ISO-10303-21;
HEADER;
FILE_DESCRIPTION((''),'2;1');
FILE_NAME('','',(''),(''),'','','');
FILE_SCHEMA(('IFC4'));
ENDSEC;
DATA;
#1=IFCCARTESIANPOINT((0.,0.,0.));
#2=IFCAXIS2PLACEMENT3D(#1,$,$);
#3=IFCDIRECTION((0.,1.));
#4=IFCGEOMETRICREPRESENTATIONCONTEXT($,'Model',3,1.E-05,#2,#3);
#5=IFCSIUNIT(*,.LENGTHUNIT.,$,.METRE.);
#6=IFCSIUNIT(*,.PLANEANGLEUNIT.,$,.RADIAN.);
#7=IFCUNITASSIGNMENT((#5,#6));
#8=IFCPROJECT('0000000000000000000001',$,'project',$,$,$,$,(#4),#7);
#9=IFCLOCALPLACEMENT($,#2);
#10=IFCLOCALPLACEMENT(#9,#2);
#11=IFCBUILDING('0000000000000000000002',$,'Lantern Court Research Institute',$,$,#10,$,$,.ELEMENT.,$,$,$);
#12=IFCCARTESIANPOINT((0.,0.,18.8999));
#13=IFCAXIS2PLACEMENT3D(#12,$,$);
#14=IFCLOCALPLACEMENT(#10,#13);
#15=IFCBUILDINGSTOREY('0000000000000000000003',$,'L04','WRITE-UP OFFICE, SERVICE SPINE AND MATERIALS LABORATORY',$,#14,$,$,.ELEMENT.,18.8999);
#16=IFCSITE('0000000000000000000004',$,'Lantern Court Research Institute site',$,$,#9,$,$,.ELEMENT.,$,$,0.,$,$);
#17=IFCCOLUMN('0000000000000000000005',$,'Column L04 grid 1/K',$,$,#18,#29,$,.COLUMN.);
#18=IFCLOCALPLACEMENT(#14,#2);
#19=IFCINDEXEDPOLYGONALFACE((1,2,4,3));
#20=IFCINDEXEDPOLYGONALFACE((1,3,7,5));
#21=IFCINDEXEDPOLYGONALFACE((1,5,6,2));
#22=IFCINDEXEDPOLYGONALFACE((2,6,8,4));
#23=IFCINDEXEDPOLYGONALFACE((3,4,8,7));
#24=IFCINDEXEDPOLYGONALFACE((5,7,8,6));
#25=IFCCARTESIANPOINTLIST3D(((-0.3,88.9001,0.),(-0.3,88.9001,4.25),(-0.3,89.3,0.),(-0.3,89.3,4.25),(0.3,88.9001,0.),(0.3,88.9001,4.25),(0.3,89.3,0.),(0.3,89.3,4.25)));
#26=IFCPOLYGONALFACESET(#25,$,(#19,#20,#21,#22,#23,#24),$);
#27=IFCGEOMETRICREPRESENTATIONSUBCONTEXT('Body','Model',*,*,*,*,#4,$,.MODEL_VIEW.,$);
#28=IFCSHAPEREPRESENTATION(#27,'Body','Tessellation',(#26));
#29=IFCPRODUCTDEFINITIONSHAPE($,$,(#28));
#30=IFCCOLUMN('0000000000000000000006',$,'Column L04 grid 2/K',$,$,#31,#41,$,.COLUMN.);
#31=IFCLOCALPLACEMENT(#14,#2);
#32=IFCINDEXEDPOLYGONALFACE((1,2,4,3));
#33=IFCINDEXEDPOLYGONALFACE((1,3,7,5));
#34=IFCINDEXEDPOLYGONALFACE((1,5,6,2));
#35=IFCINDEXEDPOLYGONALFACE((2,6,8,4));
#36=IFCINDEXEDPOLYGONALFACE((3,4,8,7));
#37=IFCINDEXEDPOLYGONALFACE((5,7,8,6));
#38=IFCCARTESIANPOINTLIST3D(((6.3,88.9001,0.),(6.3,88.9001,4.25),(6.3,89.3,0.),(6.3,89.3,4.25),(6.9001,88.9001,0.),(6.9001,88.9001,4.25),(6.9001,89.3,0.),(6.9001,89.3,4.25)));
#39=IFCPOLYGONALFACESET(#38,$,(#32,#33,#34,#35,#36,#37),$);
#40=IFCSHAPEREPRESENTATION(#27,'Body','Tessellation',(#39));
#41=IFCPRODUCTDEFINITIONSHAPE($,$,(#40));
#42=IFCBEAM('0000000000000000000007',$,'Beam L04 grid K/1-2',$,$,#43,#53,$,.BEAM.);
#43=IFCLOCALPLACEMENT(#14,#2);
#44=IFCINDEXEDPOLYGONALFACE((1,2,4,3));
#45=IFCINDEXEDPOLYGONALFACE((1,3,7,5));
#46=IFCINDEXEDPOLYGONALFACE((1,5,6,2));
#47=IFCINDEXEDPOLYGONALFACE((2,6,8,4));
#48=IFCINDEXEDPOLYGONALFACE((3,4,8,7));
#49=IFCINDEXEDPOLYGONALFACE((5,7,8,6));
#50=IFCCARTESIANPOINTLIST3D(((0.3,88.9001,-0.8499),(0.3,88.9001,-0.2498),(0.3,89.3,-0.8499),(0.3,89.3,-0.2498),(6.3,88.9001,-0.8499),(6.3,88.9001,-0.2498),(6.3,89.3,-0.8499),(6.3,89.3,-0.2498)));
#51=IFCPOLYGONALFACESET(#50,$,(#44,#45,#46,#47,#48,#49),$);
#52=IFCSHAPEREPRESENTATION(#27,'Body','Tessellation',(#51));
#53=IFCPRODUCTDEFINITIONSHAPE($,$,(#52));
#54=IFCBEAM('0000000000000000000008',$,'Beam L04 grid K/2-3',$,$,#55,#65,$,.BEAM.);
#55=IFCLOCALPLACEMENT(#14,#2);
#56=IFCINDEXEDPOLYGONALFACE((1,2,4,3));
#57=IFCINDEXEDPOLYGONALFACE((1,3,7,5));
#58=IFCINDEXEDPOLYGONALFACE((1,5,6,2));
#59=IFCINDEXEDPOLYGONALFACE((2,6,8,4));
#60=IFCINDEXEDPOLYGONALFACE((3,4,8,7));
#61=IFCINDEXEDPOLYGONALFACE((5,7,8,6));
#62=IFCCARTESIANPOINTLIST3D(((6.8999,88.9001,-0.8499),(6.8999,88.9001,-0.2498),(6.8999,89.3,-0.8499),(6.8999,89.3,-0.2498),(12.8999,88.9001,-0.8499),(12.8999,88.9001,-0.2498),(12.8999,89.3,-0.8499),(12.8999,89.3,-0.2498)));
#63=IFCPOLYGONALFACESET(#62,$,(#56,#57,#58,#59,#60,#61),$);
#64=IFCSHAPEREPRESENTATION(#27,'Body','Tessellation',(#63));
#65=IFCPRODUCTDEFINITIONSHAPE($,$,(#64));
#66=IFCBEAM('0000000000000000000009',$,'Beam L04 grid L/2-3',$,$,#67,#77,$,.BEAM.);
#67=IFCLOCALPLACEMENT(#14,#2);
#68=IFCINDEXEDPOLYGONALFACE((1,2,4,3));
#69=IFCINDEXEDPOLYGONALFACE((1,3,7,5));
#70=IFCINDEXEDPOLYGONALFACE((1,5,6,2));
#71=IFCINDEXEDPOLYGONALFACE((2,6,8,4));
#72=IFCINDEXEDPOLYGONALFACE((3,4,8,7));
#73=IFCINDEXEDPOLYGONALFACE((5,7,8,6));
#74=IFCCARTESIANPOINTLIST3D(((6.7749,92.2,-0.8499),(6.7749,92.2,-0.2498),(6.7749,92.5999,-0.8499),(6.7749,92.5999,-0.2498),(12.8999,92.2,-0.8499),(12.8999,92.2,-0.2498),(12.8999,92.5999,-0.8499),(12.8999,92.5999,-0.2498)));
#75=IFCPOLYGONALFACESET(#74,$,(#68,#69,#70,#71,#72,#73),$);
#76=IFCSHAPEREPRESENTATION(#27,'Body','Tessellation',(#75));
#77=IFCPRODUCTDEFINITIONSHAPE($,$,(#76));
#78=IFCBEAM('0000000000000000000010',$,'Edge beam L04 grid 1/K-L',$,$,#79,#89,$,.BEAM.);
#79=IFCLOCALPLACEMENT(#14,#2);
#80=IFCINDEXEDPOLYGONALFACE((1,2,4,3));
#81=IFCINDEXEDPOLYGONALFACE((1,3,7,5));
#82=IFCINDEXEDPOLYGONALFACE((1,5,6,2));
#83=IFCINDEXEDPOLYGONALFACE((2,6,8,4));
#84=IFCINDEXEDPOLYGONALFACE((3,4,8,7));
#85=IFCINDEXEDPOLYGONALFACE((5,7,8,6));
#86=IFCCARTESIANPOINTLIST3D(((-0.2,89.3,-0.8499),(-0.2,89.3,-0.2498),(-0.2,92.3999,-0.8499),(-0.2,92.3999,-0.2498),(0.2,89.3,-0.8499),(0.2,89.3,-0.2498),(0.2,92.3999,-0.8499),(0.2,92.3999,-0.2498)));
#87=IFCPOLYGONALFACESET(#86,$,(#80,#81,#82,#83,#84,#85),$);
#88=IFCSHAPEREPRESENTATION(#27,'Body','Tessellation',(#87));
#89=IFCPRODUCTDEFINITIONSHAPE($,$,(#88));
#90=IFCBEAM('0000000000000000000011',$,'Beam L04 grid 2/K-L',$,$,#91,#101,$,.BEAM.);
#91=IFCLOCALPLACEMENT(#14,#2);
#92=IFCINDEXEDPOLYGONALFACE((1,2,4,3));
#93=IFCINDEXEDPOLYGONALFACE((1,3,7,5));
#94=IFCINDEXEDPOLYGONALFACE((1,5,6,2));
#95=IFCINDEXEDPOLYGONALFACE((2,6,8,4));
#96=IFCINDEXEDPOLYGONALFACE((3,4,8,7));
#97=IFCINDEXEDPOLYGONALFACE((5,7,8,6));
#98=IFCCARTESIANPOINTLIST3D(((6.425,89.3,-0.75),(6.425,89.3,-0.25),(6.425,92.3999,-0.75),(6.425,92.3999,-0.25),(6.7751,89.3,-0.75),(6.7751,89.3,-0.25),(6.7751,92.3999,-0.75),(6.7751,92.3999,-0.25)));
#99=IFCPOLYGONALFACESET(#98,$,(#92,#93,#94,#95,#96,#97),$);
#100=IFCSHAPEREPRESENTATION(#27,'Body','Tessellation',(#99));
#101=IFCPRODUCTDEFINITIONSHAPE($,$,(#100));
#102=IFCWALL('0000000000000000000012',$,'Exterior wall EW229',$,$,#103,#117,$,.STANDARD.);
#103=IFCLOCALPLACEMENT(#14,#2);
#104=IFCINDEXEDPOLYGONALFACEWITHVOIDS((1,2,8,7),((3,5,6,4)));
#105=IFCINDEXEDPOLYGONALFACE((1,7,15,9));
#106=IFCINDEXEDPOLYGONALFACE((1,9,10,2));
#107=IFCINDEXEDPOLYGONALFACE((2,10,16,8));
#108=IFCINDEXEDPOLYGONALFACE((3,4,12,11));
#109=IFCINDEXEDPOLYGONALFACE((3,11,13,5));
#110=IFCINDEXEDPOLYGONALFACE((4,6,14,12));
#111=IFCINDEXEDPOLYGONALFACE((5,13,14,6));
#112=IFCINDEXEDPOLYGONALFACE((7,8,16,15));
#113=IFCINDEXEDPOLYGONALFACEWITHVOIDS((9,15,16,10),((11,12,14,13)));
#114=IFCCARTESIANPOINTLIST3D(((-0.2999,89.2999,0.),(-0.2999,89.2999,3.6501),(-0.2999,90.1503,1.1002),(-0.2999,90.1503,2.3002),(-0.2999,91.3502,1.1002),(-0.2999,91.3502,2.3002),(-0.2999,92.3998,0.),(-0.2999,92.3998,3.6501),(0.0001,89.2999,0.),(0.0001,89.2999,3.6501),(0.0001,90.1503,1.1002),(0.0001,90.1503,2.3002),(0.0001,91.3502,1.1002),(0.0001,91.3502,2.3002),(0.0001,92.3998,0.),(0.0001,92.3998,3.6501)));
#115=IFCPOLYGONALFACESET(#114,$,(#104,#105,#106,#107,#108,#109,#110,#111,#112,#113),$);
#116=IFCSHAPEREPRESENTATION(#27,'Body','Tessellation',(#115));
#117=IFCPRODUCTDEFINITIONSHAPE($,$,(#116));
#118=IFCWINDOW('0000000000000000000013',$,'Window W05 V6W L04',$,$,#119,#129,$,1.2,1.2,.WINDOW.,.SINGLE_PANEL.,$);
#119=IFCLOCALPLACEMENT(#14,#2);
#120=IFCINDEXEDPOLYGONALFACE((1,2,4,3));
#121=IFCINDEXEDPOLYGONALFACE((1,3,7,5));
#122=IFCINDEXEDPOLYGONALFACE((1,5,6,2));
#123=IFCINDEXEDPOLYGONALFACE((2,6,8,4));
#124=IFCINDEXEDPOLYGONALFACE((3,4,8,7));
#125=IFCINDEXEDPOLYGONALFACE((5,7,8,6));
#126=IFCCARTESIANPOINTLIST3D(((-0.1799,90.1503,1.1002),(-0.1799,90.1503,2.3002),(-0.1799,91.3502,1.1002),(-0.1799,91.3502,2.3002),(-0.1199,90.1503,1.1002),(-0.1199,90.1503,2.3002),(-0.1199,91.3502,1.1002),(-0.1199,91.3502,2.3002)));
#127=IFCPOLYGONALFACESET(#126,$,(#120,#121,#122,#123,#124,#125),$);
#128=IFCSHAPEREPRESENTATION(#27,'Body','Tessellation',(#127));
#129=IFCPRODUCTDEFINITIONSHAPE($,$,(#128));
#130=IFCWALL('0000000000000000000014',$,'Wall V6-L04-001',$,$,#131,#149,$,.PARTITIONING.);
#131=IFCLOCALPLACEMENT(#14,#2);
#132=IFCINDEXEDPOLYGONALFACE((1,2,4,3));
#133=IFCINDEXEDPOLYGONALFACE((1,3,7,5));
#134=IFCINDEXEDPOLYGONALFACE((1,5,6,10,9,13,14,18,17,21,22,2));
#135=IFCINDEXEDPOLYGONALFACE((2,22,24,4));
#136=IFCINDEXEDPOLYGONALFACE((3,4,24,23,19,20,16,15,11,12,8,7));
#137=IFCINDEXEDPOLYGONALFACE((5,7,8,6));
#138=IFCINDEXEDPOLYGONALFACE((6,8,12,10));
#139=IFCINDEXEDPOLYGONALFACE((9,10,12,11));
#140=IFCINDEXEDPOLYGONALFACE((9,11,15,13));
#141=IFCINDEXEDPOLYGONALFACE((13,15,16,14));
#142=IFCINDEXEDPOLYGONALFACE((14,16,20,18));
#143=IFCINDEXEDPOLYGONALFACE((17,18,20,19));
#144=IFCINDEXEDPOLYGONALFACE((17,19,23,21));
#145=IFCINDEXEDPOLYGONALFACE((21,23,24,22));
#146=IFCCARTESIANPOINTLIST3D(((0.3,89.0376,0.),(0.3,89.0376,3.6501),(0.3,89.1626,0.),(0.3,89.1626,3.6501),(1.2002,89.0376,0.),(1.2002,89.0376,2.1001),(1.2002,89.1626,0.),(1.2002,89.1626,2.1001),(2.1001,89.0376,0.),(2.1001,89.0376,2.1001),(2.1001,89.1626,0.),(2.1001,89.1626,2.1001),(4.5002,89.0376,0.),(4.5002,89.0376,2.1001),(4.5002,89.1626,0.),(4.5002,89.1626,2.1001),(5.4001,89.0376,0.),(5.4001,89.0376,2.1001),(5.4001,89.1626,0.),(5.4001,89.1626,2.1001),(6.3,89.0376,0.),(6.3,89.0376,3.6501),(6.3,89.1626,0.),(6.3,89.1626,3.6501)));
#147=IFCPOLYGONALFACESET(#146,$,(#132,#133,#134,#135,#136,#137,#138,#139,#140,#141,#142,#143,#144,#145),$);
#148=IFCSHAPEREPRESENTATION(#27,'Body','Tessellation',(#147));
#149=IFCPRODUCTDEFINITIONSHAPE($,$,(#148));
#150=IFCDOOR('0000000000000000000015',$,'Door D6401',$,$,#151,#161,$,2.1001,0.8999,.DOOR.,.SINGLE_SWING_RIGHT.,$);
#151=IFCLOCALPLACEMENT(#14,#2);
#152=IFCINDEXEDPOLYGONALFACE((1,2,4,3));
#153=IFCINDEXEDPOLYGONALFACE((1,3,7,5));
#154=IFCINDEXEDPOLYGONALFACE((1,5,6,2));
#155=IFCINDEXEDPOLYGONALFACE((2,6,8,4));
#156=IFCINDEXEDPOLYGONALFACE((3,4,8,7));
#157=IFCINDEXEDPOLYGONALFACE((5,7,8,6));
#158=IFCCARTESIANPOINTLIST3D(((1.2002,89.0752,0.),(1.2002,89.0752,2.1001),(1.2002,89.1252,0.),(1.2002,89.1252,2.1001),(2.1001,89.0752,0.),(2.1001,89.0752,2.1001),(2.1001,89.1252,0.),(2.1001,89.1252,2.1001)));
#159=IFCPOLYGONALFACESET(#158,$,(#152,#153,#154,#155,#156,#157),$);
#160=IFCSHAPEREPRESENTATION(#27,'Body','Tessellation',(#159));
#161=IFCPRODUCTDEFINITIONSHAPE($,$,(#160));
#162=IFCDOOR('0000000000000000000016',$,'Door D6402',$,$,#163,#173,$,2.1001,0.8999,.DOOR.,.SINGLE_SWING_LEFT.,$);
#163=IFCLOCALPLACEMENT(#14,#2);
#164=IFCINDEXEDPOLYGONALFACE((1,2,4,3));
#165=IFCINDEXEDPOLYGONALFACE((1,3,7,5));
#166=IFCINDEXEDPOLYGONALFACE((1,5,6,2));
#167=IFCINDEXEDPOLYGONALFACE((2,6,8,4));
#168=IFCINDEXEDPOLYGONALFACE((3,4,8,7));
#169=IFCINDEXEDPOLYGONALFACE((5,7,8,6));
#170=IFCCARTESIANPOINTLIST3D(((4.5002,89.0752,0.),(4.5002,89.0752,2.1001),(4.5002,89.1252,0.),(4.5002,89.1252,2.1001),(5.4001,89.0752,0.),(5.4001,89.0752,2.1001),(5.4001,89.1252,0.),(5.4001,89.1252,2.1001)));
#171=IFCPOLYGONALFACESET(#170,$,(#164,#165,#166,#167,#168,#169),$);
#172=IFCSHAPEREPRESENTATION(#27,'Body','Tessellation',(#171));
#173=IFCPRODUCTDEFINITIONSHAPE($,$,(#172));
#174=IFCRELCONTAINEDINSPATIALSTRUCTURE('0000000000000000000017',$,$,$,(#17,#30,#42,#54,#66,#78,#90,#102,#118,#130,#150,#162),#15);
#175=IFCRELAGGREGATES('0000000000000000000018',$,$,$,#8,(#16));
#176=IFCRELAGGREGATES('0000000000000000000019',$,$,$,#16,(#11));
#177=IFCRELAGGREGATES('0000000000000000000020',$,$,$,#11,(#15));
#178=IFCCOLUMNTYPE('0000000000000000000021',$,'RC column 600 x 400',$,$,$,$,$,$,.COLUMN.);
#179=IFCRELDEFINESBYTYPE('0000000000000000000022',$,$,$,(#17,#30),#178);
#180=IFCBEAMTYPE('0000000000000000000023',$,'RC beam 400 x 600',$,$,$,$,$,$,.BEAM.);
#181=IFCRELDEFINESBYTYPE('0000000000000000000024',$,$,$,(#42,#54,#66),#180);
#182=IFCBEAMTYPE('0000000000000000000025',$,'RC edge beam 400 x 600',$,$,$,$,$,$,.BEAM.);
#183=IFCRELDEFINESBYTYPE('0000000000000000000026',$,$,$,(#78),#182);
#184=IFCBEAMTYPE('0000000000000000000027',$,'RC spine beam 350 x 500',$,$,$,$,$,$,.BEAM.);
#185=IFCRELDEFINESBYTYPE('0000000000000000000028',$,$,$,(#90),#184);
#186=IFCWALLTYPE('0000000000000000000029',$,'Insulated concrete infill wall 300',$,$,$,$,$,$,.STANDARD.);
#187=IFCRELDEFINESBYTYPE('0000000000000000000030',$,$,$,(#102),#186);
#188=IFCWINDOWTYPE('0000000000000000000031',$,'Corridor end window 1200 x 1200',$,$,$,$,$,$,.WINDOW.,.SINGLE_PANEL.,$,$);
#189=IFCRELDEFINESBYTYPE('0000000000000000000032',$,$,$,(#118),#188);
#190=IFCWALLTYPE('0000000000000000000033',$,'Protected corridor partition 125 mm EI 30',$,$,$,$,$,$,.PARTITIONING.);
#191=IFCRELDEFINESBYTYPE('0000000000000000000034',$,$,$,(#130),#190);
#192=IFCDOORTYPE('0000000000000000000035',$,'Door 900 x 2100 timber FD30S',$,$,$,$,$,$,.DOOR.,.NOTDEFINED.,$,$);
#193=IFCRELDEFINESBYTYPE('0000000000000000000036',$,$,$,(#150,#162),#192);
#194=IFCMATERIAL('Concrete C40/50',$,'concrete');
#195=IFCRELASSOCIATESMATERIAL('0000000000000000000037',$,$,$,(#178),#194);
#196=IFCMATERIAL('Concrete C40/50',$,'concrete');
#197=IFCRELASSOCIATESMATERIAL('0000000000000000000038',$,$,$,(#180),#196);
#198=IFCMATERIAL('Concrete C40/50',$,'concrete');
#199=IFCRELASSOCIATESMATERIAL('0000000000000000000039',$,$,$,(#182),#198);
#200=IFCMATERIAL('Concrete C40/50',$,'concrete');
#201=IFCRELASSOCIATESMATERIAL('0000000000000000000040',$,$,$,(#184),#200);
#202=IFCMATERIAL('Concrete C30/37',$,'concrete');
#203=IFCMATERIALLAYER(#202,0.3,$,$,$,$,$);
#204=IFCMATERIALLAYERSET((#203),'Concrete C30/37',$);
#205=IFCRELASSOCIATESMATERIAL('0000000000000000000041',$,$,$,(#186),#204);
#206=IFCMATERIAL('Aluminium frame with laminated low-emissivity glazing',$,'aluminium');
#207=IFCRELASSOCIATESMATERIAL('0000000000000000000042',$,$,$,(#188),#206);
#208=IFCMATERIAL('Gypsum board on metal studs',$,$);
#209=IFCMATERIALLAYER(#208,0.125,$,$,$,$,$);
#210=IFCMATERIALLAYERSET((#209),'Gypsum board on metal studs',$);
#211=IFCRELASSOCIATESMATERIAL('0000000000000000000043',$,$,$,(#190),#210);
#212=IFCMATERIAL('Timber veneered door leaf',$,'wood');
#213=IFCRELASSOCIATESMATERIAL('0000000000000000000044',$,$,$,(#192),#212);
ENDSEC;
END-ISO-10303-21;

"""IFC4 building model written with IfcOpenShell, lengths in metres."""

from ifc_helpers import new_model, si_unit, direction, frame, frame_2d, origin, origin_2d, place, context, subcontext, project, spatial, rectangle, extrude, material, layer, layer_set, material_profile, profile_set, type_object, element, fill, save


model = new_model("IFC4")

# Units and contexts
model_context = context("Model", 3, precision=1e-05, world=origin(), true_north=direction((0.0, 1.0)))
body_context = subcontext(model_context, "Body", "Model", "MODEL_VIEW")
ifc_project = project(units=[si_unit("LENGTHUNIT", "METRE"), si_unit("PLANEANGLEUNIT", "RADIAN")], contexts=[model_context])

# Site, building, storey
site_placement = place(None, origin())
site = spatial("IfcSite", under=ifc_project, at=site_placement, Name="Lantern Court Research Institute site", CompositionType="ELEMENT", RefElevation=0.0)
building_placement = place(site_placement, origin())
building = spatial("IfcBuilding", under=site, at=building_placement, Name="Lantern Court Research Institute", CompositionType="ELEMENT")
storey_placement = place(building_placement, frame((0.0, 0.0, 18.8999)))
storey = spatial("IfcBuildingStorey", under=building, at=storey_placement, Name="L04", Description="WRITE-UP OFFICE, SERVICE SPINE AND MATERIALS LABORATORY", CompositionType="ELEMENT", Elevation=18.8999)

# Columns
ifc_material_1 = material(Name="Concrete C40/50", Category="concrete")
ifc_material_profile_1 = material_profile(ifc_material_1, rectangle(XDim=0.6001, YDim=0.3999, at=origin_2d()), Name="RC column 600 x 400")
ifc_profile_set_1 = profile_set([ifc_material_profile_1], Name="Concrete C40/50")
column_type = type_object("IfcColumnType", Name="RC column 600 x 400", PredefinedType="COLUMN", material=ifc_profile_set_1)
for number, where, z_axis, x_axis, name in (
    (1, (0.0, 89.1001, 0.0), (0.0, 0.0, 1.0), (1.0, 0.0, 0.0), "Column L04 grid 1/K"),
    (2, (6.6001, 89.1001, 0.0), (0.0, 0.0, 1.0), (1.0, 0.0, 0.0), "Column L04 grid 2/K"),
):
    element("IfcColumn", number, at=place(storey_placement, frame(where, z_axis=z_axis, x_axis=x_axis)), inside=storey, type_object=column_type, Name=name, PredefinedType="COLUMN", context=body_context, shape_type="SweptSolid", body=[
        extrude(rectangle(XDim=0.6001, YDim=0.3999, at=origin_2d()), origin(), (0.0, 0.0, 1.0), 4.25),
    ])

# Beams
ifc_material_2 = material(Name="Concrete C40/50", Category="concrete")
ifc_material_profile_2 = material_profile(ifc_material_2, rectangle(XDim=0.3999, YDim=0.6001, at=origin_2d()), Name="RC beam 400 x 600")
ifc_profile_set_2 = profile_set([ifc_material_profile_2], Name="Concrete C40/50")
beam_type_1 = type_object("IfcBeamType", Name="RC beam 400 x 600", PredefinedType="BEAM", material=ifc_profile_set_2)
for number, where, z_axis, x_axis, name in (
    (3, (0.3, 89.1001, -0.5498), (1.0, 0.0, 0.0), (0.0, 1.0, 0.0), "Beam L04 grid K/1-2"),
    (4, (6.8999, 89.1001, -0.5498), (1.0, 0.0, 0.0), (0.0, 1.0, 0.0), "Beam L04 grid K/2-3"),
):
    element("IfcBeam", number, at=place(storey_placement, frame(where, z_axis=z_axis, x_axis=x_axis)), inside=storey, type_object=beam_type_1, Name=name, PredefinedType="BEAM", context=body_context, shape_type="SweptSolid", body=[
        extrude(rectangle(XDim=0.3999, YDim=0.6001, at=origin_2d()), origin(), (0.0, 0.0, 1.0), 6.0),
    ])
beam_1_placement = place(storey_placement, frame((6.7749, 92.3999, -0.5498), z_axis=(1.0, 0.0, 0.0), x_axis=(0.0, 1.0, 0.0)))
element("IfcBeam", 5, at=beam_1_placement, inside=storey, type_object=beam_type_1, Name="Beam L04 grid L/2-3", PredefinedType="BEAM", context=body_context, shape_type="SweptSolid", body=[
    extrude(rectangle(XDim=0.3999, YDim=0.6001, at=origin_2d()), origin(), (0.0, 0.0, 1.0), 6.125),
])
ifc_material_3 = material(Name="Concrete C40/50", Category="concrete")
ifc_material_profile_3 = material_profile(ifc_material_3, rectangle(XDim=0.3999, YDim=0.6001, at=origin_2d()), Name="RC beam 400 x 600")
ifc_profile_set_3 = profile_set([ifc_material_profile_3], Name="Concrete C40/50")
beam_type_2 = type_object("IfcBeamType", Name="RC edge beam 400 x 600", PredefinedType="BEAM", material=ifc_profile_set_3)
beam_2_placement = place(storey_placement, frame((0.0, 89.3, -0.5498), z_axis=(0.0, 1.0, 0.0), x_axis=(-1.0, 0.0, 0.0)))
element("IfcBeam", 6, at=beam_2_placement, inside=storey, type_object=beam_type_2, Name="Edge beam L04 grid 1/K-L", PredefinedType="BEAM", context=body_context, shape_type="SweptSolid", body=[
    extrude(rectangle(XDim=0.3999, YDim=0.6001, at=origin_2d()), origin(), (0.0, 0.0, 1.0), 3.0999),
])
ifc_material_4 = material(Name="Concrete C40/50", Category="concrete")
ifc_material_profile_4 = material_profile(ifc_material_4, rectangle(XDim=0.3501, YDim=0.5, at=origin_2d()), Name="RC beam 350 x 500")
ifc_profile_set_4 = profile_set([ifc_material_profile_4], Name="Concrete C40/50")
beam_type_3 = type_object("IfcBeamType", Name="RC spine beam 350 x 500", PredefinedType="BEAM", material=ifc_profile_set_4)
beam_3_placement = place(storey_placement, frame((6.6001, 89.3, -0.5), z_axis=(0.0, 1.0, 0.0), x_axis=(-1.0, 0.0, 0.0)))
element("IfcBeam", 7, at=beam_3_placement, inside=storey, type_object=beam_type_3, Name="Beam L04 grid 2/K-L", PredefinedType="BEAM", context=body_context, shape_type="SweptSolid", body=[
    extrude(rectangle(XDim=0.3501, YDim=0.5, at=origin_2d()), origin(), (0.0, 0.0, 1.0), 3.0999),
])

# Wall, opening, window
ifc_material_5 = material(Name="Concrete C30/37", Category="concrete")
ifc_layer_1 = layer(ifc_material_5, 0.3)
ifc_layer_set_1 = layer_set([ifc_layer_1], Name="Concrete C30/37")
wall_type_1 = type_object("IfcWallType", Name="Insulated concrete infill wall 300", PredefinedType="STANDARD", material=ifc_layer_set_1)
wall_1_placement = place(storey_placement, frame((-0.1499, 89.3, 0.0), z_axis=(0.0, 0.0, 1.0), x_axis=(0.0, 1.0, 0.0)))
wall_1 = element("IfcWall", 8, at=wall_1_placement, inside=storey, type_object=wall_type_1, Name="Exterior wall EW229", PredefinedType="STANDARD", context=body_context, shape_type="SweptSolid", body=[
    extrude(rectangle(XDim=3.0999, YDim=0.3, at=frame_2d((1.5498, 0.0))), origin(), (0.0, 0.0, 1.0), 3.6501),
])
opening_1_placement = place(wall_1_placement, frame((0.8501, 0.0, 1.1001)))
opening_1 = element("IfcOpeningElement", 9, at=opening_1_placement, cuts=wall_1, PredefinedType="OPENING", context=body_context, shape_type="SweptSolid", body=[
    extrude(rectangle(XDim=1.2, YDim=1.2, at=frame_2d((0.6001, 0.6001))), frame((0.0, 0.1599, 0.0), z_axis=(0.0, -1.0, 0.0), x_axis=(1.0, 0.0, 0.0)), (0.0, 0.0, 1.0), 0.3201),
])
ifc_material_6 = material(Name="Aluminium frame with laminated low-emissivity glazing", Category="aluminium")
window_type_1 = type_object("IfcWindowType", Name="Corridor end window 1200 x 1200", PartitioningType="SINGLE_PANEL", PredefinedType="WINDOW", material=ifc_material_6)
window_1_placement = place(opening_1_placement, origin())
window_1 = element("IfcWindow", 10, at=window_1_placement, inside=storey, type_object=window_type_1, Name="Window W05 V6W L04", OverallHeight=1.2, OverallWidth=1.2, PartitioningType="SINGLE_PANEL", PredefinedType="WINDOW", context=body_context, shape_type="SweptSolid", body=[
    extrude(rectangle(XDim=1.2, YDim=1.2, at=frame_2d((0.6001, 0.6001))), frame((0.0, 0.03, 0.0), z_axis=(0.0, -1.0, 0.0), x_axis=(1.0, 0.0, 0.0)), (0.0, 0.0, 1.0), 0.0601),
])
fill(opening_1, window_1)

# Wall, openings, doors
ifc_material_7 = material(Name="Gypsum board on metal studs")
ifc_layer_2 = layer(ifc_material_7, 0.125)
ifc_layer_set_2 = layer_set([ifc_layer_2], Name="Gypsum board on metal studs")
wall_type_2 = type_object("IfcWallType", Name="Protected corridor partition 125 mm EI 30", PredefinedType="PARTITIONING", material=ifc_layer_set_2)
wall_2_placement = place(storey_placement, frame((6.3, 89.1001, 0.0), z_axis=(0.0, 0.0, 1.0), x_axis=(-1.0, 0.0, 0.0)))
wall_2 = element("IfcWall", 11, at=wall_2_placement, inside=storey, type_object=wall_type_2, Name="Wall V6-L04-001", PredefinedType="PARTITIONING", context=body_context, shape_type="SweptSolid", body=[
    extrude(rectangle(XDim=6.0, YDim=0.125, at=frame_2d((3.0, 0.0))), origin(), (0.0, 0.0, 1.0), 3.6501),
])
opening_2_placement = place(wall_2_placement, frame((4.2, 0.0, 0.0)))
opening_2 = element("IfcOpeningElement", 12, at=opening_2_placement, cuts=wall_2, PredefinedType="OPENING", context=body_context, shape_type="SweptSolid", body=[
    extrude(rectangle(XDim=0.8999, YDim=2.1001, at=frame_2d((0.45, 1.05))), frame((0.0, 0.0725, 0.0), z_axis=(0.0, -1.0, 0.0), x_axis=(1.0, 0.0, 0.0)), (0.0, 0.0, 1.0), 0.145),
])
opening_3_placement = place(wall_2_placement, frame((0.8999, 0.0, 0.0)))
opening_3 = element("IfcOpeningElement", 13, at=opening_3_placement, cuts=wall_2, PredefinedType="OPENING", context=body_context, shape_type="SweptSolid", body=[
    extrude(rectangle(XDim=0.8999, YDim=2.1001, at=frame_2d((0.45, 1.05))), frame((0.0, 0.0725, 0.0), z_axis=(0.0, -1.0, 0.0), x_axis=(1.0, 0.0, 0.0)), (0.0, 0.0, 1.0), 0.145),
])
ifc_material_8 = material(Name="Timber veneered door leaf", Category="wood")
door_type_1 = type_object("IfcDoorType", Name="Door 900 x 2100 timber FD30S", OperationType="NOTDEFINED", PredefinedType="DOOR", material=ifc_material_8)
door_1_placement = place(opening_2_placement, origin())
door_1 = element("IfcDoor", 14, at=door_1_placement, inside=storey, type_object=door_type_1, Name="Door D6401", OperationType="SINGLE_SWING_RIGHT", OverallHeight=2.1001, OverallWidth=0.8999, PredefinedType="DOOR", context=body_context, shape_type="SweptSolid", body=[
    extrude(rectangle(XDim=0.8999, YDim=2.1001, at=frame_2d((0.45, 1.05))), frame((0.0, 0.0249, 0.0), z_axis=(0.0, -1.0, 0.0), x_axis=(1.0, 0.0, 0.0)), (0.0, 0.0, 1.0), 0.05),
])
fill(opening_2, door_1)
door_2_placement = place(opening_3_placement, origin())
door_2 = element("IfcDoor", 15, at=door_2_placement, inside=storey, type_object=door_type_1, Name="Door D6402", OperationType="SINGLE_SWING_LEFT", OverallHeight=2.1001, OverallWidth=0.8999, PredefinedType="DOOR", context=body_context, shape_type="SweptSolid", body=[
    extrude(rectangle(XDim=0.8999, YDim=2.1001, at=frame_2d((0.45, 1.05))), frame((0.0, 0.0249, 0.0), z_axis=(0.0, -1.0, 0.0), x_axis=(1.0, 0.0, 0.0)), (0.0, 0.0, 1.0), 0.05),
])
fill(opening_3, door_2)

save(model, "model.ifc")
